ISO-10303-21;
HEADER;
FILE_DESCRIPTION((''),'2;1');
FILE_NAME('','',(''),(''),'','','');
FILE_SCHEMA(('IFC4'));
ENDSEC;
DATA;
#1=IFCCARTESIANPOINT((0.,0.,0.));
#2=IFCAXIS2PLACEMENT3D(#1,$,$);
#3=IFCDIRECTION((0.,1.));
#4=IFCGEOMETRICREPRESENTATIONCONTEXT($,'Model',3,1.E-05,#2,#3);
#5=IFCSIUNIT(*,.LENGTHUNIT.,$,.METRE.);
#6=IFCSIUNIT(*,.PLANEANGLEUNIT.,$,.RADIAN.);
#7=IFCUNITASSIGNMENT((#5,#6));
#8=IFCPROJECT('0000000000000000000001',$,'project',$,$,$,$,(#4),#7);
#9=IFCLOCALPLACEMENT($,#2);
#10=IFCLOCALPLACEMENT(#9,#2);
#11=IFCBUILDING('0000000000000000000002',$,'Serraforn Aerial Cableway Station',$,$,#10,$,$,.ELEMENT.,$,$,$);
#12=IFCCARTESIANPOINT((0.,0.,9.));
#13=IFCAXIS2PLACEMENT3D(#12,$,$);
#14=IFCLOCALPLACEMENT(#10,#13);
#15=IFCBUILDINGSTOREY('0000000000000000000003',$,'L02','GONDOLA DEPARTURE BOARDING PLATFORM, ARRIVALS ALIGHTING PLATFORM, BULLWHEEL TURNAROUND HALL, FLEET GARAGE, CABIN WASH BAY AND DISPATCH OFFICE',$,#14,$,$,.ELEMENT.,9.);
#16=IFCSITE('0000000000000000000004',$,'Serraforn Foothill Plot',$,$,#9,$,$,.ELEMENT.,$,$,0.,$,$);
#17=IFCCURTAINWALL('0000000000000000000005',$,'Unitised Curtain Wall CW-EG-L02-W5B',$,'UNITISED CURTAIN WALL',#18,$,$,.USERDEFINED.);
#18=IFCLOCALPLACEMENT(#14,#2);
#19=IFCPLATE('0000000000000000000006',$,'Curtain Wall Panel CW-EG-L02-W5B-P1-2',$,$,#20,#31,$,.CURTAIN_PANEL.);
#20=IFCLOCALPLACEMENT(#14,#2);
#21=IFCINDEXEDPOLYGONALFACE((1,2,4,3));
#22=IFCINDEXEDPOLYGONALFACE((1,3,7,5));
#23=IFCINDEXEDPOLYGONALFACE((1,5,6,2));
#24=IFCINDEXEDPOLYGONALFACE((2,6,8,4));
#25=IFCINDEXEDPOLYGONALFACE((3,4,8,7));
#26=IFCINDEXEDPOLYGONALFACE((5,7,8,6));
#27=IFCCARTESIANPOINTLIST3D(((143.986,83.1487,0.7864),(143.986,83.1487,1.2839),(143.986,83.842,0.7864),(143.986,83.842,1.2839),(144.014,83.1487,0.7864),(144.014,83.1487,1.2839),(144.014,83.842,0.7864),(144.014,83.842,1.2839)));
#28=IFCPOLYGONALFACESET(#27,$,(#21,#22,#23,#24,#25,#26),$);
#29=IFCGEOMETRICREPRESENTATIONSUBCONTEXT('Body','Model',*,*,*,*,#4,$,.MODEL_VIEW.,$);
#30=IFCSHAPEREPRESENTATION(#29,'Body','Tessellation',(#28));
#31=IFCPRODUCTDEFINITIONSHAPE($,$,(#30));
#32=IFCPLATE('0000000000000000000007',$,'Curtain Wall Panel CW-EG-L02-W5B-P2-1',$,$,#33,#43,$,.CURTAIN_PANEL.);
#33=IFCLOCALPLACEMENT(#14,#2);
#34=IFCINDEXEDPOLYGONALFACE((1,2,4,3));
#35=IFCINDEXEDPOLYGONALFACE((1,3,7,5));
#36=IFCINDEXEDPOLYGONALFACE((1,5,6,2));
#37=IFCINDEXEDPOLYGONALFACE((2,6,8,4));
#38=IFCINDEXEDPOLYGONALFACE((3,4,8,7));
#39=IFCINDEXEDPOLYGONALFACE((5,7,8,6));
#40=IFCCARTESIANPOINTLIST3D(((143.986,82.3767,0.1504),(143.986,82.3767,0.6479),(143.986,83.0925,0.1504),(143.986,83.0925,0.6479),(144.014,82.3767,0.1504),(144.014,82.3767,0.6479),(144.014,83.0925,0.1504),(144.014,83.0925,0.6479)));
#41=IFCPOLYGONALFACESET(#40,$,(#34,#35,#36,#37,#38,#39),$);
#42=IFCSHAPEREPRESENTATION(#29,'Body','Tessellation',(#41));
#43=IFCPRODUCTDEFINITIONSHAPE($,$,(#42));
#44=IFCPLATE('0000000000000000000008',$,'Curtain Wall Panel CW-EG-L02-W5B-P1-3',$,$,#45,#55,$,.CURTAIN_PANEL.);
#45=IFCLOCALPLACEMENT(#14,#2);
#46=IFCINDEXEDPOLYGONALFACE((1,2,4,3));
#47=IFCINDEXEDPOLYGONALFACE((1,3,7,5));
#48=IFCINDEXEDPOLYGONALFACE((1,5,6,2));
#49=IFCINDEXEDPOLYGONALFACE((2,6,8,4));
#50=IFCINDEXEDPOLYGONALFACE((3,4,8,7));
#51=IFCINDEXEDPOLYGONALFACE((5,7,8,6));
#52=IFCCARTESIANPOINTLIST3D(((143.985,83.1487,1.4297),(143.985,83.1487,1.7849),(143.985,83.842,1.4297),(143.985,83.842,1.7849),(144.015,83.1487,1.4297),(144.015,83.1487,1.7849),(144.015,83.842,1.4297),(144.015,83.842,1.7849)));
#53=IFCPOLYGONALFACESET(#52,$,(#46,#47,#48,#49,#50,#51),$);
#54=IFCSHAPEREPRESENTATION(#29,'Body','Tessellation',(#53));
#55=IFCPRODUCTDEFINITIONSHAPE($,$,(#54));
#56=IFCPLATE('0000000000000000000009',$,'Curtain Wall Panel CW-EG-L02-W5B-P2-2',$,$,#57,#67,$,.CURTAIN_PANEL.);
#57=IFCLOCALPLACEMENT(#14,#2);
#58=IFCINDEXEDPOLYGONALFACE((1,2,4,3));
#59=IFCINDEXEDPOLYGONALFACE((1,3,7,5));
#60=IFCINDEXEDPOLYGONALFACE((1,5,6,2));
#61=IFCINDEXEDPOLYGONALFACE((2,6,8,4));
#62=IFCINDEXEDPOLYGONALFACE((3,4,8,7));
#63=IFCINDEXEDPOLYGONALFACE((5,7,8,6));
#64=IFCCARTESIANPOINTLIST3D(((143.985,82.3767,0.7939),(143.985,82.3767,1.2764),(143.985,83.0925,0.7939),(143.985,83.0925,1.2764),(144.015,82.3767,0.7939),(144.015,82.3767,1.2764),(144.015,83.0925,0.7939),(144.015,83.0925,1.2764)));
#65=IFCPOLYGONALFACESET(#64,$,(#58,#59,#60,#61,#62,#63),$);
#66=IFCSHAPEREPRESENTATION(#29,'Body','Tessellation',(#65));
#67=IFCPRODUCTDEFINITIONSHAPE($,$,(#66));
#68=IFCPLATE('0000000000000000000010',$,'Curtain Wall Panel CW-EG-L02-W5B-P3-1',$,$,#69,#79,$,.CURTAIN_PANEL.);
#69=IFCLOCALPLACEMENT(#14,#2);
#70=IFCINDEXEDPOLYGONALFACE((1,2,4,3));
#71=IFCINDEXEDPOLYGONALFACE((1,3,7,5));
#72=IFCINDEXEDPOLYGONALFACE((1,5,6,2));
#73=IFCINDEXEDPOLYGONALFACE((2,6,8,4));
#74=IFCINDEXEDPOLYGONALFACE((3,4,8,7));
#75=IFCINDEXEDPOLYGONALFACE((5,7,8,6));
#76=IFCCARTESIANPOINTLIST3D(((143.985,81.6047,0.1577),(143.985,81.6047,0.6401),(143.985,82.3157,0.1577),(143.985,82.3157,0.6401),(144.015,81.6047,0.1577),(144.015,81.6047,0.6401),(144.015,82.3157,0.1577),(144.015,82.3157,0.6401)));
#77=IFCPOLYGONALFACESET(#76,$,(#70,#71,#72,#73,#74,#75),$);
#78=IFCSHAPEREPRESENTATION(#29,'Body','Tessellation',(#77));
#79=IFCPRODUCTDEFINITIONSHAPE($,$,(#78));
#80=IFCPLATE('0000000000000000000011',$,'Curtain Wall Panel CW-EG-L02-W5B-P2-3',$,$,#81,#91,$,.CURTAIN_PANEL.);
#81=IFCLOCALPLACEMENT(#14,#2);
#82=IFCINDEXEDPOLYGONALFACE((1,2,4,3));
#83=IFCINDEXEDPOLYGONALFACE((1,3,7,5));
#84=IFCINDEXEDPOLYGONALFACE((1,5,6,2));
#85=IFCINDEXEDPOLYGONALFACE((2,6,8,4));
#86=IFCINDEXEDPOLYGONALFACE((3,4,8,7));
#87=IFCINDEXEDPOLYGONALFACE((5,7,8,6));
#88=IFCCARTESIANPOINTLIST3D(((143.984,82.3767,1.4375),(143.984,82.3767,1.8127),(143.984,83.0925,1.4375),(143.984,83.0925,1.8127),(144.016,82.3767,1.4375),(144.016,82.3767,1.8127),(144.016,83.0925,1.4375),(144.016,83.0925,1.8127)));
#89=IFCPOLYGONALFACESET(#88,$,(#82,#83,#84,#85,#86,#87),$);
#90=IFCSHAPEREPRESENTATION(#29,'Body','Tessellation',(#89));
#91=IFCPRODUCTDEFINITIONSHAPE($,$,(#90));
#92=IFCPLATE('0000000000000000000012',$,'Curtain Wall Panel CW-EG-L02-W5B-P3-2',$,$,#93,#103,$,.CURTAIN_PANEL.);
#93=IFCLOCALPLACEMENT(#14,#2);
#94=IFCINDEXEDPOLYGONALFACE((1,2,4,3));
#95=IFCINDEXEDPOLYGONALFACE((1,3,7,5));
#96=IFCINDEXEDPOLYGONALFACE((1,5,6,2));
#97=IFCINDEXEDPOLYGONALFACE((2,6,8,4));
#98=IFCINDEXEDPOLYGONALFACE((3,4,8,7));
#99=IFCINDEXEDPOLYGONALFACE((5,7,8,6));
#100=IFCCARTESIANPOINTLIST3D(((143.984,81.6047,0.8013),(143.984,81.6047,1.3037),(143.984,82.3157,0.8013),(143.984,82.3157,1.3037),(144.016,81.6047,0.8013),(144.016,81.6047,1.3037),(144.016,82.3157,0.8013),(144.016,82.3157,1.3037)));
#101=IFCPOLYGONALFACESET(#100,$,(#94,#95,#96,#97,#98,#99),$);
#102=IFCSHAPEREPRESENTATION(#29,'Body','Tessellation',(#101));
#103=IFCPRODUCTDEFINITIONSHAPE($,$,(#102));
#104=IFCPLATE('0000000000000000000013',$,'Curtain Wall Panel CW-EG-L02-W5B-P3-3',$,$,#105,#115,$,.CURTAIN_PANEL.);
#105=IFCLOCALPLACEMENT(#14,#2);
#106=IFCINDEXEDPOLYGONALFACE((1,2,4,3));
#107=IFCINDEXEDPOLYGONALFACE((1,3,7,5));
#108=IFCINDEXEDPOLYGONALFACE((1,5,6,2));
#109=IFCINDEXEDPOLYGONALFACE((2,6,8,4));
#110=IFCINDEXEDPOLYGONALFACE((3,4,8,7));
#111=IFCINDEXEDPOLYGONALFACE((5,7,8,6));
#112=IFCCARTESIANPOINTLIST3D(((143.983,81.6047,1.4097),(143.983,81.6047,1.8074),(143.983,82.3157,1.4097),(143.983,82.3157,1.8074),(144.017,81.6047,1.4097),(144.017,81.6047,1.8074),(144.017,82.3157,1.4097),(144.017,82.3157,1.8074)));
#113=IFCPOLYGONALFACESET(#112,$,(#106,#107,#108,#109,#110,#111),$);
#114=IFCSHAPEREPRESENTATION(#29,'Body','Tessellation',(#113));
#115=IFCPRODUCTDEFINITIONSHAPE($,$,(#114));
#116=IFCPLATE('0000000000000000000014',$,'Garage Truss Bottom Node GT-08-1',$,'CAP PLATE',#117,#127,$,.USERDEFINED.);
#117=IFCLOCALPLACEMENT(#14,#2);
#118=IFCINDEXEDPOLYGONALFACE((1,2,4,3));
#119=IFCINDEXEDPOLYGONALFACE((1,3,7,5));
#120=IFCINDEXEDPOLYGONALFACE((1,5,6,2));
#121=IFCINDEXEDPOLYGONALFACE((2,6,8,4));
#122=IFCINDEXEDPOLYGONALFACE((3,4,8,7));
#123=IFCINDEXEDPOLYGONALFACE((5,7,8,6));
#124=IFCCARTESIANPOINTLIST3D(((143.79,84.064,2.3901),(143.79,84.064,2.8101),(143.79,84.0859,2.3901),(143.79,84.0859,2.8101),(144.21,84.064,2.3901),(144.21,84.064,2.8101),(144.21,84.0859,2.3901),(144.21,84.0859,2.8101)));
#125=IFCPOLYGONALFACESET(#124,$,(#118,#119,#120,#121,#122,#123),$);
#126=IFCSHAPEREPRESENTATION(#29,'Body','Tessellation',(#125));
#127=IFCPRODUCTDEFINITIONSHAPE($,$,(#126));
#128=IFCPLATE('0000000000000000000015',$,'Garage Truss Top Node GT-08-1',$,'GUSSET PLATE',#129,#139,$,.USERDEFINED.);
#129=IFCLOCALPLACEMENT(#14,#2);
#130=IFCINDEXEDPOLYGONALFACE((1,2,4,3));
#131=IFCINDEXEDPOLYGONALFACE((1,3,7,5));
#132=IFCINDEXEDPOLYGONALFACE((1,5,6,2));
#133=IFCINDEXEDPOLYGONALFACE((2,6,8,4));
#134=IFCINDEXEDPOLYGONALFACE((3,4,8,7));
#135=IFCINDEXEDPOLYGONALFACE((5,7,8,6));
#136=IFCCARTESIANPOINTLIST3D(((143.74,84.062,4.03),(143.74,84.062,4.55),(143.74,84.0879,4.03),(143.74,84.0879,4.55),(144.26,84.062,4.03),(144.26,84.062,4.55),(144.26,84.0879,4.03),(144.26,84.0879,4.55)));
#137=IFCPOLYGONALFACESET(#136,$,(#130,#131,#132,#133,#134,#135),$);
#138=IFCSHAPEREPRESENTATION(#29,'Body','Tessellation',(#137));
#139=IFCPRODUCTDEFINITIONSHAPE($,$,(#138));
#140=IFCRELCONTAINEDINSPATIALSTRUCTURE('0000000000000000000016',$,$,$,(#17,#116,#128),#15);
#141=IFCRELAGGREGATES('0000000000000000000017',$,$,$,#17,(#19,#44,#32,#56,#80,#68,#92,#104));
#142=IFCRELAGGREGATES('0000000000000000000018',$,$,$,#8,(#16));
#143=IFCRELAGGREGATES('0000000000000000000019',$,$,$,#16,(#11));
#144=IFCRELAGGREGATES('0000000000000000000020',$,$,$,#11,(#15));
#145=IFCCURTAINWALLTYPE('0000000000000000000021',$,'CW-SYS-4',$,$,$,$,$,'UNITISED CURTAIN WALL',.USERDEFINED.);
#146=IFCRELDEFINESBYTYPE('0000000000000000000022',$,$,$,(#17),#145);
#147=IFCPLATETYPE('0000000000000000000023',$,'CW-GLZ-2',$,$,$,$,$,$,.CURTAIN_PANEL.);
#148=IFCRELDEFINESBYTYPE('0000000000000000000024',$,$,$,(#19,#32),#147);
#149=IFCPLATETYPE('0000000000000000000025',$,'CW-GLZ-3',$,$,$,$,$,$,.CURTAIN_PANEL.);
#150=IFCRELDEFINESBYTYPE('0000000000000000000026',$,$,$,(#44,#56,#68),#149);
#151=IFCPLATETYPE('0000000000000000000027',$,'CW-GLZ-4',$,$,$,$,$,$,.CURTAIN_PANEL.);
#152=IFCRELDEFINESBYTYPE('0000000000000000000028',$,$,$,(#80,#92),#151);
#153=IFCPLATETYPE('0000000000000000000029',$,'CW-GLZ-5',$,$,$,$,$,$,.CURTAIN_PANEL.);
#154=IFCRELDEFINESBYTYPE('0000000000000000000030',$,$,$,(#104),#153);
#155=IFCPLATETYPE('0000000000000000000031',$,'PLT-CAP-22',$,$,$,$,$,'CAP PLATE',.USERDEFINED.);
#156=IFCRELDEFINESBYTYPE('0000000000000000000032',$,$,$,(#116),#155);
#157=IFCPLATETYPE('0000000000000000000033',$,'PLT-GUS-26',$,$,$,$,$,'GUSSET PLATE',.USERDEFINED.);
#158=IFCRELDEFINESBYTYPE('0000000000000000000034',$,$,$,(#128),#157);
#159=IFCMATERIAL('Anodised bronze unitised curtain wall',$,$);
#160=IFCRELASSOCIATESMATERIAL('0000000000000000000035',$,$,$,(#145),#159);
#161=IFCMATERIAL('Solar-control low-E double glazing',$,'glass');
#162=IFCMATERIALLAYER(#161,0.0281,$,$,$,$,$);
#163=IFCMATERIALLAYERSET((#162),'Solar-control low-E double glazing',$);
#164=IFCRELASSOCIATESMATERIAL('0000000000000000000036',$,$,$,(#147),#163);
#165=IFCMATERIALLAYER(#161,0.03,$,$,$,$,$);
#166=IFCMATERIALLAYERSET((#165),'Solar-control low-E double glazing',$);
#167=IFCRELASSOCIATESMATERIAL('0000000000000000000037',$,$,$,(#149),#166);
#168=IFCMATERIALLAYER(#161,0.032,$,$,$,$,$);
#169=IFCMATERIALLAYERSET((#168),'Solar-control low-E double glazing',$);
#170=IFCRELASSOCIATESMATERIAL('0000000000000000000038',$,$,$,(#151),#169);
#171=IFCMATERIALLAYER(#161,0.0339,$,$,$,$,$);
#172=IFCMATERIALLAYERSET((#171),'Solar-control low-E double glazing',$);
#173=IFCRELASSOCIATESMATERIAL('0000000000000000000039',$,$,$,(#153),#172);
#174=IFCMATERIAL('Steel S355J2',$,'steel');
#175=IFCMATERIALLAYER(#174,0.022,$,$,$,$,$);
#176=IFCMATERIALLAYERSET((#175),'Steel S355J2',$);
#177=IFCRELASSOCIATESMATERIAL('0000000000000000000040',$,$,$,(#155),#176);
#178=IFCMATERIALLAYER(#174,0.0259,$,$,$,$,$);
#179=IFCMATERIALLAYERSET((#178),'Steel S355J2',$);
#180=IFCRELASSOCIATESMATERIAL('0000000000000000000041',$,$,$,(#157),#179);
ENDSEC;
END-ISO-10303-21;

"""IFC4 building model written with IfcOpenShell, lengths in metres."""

from ifc_helpers import new_model, si_unit, direction, frame, origin, origin_2d, place, context, subcontext, project, spatial, rectangle, extrude, material, layer, layer_set, type_object, element, aggregate, save


model = new_model("IFC4")

# Units and contexts
model_context = context("Model", 3, precision=1e-05, world=origin(), true_north=direction((0.0, 1.0)))
body_context = subcontext(model_context, "Body", "Model", "MODEL_VIEW")
ifc_project = project(units=[si_unit("LENGTHUNIT", "METRE"), si_unit("PLANEANGLEUNIT", "RADIAN")], contexts=[model_context])

# Site, building, storey
site_placement = place(None, origin())
site = spatial("IfcSite", under=ifc_project, at=site_placement, Name="Serraforn Foothill Plot", CompositionType="ELEMENT", RefElevation=0.0)
building_placement = place(site_placement, origin())
building = spatial("IfcBuilding", under=site, at=building_placement, Name="Serraforn Aerial Cableway Station", CompositionType="ELEMENT")
storey_placement = place(building_placement, frame((0.0, 0.0, 9.0)))
storey = spatial("IfcBuildingStorey", under=building, at=storey_placement, Name="L02", Description="GONDOLA DEPARTURE BOARDING PLATFORM, ARRIVALS ALIGHTING PLATFORM, BULLWHEEL TURNAROUND HALL, FLEET GARAGE, CABIN WASH BAY AND DISPATCH OFFICE", CompositionType="ELEMENT", Elevation=9.0)

# Curtain wall
ifc_material_1 = material(Name="Anodised bronze unitised curtain wall")
curtain_wall_type = type_object("IfcCurtainWallType", Name="CW-SYS-4", ElementType="UNITISED CURTAIN WALL", PredefinedType="USERDEFINED", material=ifc_material_1)
curtain_wall_placement = place(storey_placement, origin())
curtain_wall = element("IfcCurtainWall", 1, at=curtain_wall_placement, inside=storey, type_object=curtain_wall_type, Name="Unitised Curtain Wall CW-EG-L02-W5B", ObjectType="UNITISED CURTAIN WALL", PredefinedType="USERDEFINED")

# Shared definitions
ifc_material_2 = material(Name="Steel S355J2", Category="steel")

# Plates
ifc_material_3 = material(Name="Solar-control low-E double glazing", Category="glass")
ifc_layer_1 = layer(ifc_material_3, 0.0281)
ifc_layer_set_1 = layer_set([ifc_layer_1], Name="Solar-control low-E double glazing")
plate_type_1 = type_object("IfcPlateType", Name="CW-GLZ-2", PredefinedType="CURTAIN_PANEL", material=ifc_layer_set_1)
plate_1_placement = place(storey_placement, frame((144.0, 83.4954, 0.7864), z_axis=(0.0, 0.0, 1.0), x_axis=(1.0, 0.0, 0.0)))
plate_1 = element("IfcPlate", 2, at=plate_1_placement, type_object=plate_type_1, Name="Curtain Wall Panel CW-EG-L02-W5B-P1-2", PredefinedType="CURTAIN_PANEL", context=body_context, shape_type="SweptSolid", body=[
    extrude(rectangle(XDim=0.0281, YDim=0.6934, at=origin_2d()), origin(), (0.0, 0.0, 1.0), 0.4976),
])
plate_2_placement = place(storey_placement, frame((144.0, 82.7346, 0.1504), z_axis=(0.0, 0.0, 1.0), x_axis=(1.0, 0.0, 0.0)))
plate_2 = element("IfcPlate", 3, at=plate_2_placement, type_object=plate_type_1, Name="Curtain Wall Panel CW-EG-L02-W5B-P2-1", PredefinedType="CURTAIN_PANEL", context=body_context, shape_type="SweptSolid", body=[
    extrude(rectangle(XDim=0.0281, YDim=0.7158, at=origin_2d()), origin(), (0.0, 0.0, 1.0), 0.4976),
])
ifc_layer_2 = layer(ifc_material_3, 0.03)
ifc_layer_set_2 = layer_set([ifc_layer_2], Name="Solar-control low-E double glazing")
plate_type_2 = type_object("IfcPlateType", Name="CW-GLZ-3", PredefinedType="CURTAIN_PANEL", material=ifc_layer_set_2)
plate_3_placement = place(storey_placement, frame((144.0, 83.4954, 1.4297), z_axis=(0.0, 0.0, 1.0), x_axis=(1.0, 0.0, 0.0)))
plate_3 = element("IfcPlate", 4, at=plate_3_placement, type_object=plate_type_2, Name="Curtain Wall Panel CW-EG-L02-W5B-P1-3", PredefinedType="CURTAIN_PANEL", context=body_context, shape_type="SweptSolid", body=[
    extrude(rectangle(XDim=0.03, YDim=0.6934, at=origin_2d()), origin(), (0.0, 0.0, 1.0), 0.3552),
])
plate_4_placement = place(storey_placement, frame((144.0, 82.7346, 0.7939), z_axis=(0.0, 0.0, 1.0), x_axis=(1.0, 0.0, 0.0)))
plate_4 = element("IfcPlate", 5, at=plate_4_placement, type_object=plate_type_2, Name="Curtain Wall Panel CW-EG-L02-W5B-P2-2", PredefinedType="CURTAIN_PANEL", context=body_context, shape_type="SweptSolid", body=[
    extrude(rectangle(XDim=0.03, YDim=0.7158, at=origin_2d()), origin(), (0.0, 0.0, 1.0), 0.4824),
])
plate_5_placement = place(storey_placement, frame((144.0, 81.9602, 0.1577), z_axis=(0.0, 0.0, 1.0), x_axis=(1.0, 0.0, 0.0)))
plate_5 = element("IfcPlate", 6, at=plate_5_placement, type_object=plate_type_2, Name="Curtain Wall Panel CW-EG-L02-W5B-P3-1", PredefinedType="CURTAIN_PANEL", context=body_context, shape_type="SweptSolid", body=[
    extrude(rectangle(XDim=0.03, YDim=0.7109, at=origin_2d()), origin(), (0.0, 0.0, 1.0), 0.4824),
])
ifc_layer_3 = layer(ifc_material_3, 0.032)
ifc_layer_set_3 = layer_set([ifc_layer_3], Name="Solar-control low-E double glazing")
plate_type_3 = type_object("IfcPlateType", Name="CW-GLZ-4", PredefinedType="CURTAIN_PANEL", material=ifc_layer_set_3)
plate_6_placement = place(storey_placement, frame((144.0, 82.7346, 1.4375), z_axis=(0.0, 0.0, 1.0), x_axis=(1.0, 0.0, 0.0)))
plate_6 = element("IfcPlate", 7, at=plate_6_placement, type_object=plate_type_3, Name="Curtain Wall Panel CW-EG-L02-W5B-P2-3", PredefinedType="CURTAIN_PANEL", context=body_context, shape_type="SweptSolid", body=[
    extrude(rectangle(XDim=0.032, YDim=0.7158, at=origin_2d()), origin(), (0.0, 0.0, 1.0), 0.3752),
])
plate_7_placement = place(storey_placement, frame((144.0, 81.9602, 0.8013), z_axis=(0.0, 0.0, 1.0), x_axis=(1.0, 0.0, 0.0)))
plate_7 = element("IfcPlate", 8, at=plate_7_placement, type_object=plate_type_3, Name="Curtain Wall Panel CW-EG-L02-W5B-P3-2", PredefinedType="CURTAIN_PANEL", context=body_context, shape_type="SweptSolid", body=[
    extrude(rectangle(XDim=0.032, YDim=0.7109, at=origin_2d()), origin(), (0.0, 0.0, 1.0), 0.5024),
])
ifc_layer_4 = layer(ifc_material_3, 0.0339)
ifc_layer_set_4 = layer_set([ifc_layer_4], Name="Solar-control low-E double glazing")
plate_type_4 = type_object("IfcPlateType", Name="CW-GLZ-5", PredefinedType="CURTAIN_PANEL", material=ifc_layer_set_4)
plate_8_placement = place(storey_placement, frame((144.0, 81.9602, 1.4097), z_axis=(0.0, 0.0, 1.0), x_axis=(1.0, 0.0, 0.0)))
plate_8 = element("IfcPlate", 9, at=plate_8_placement, type_object=plate_type_4, Name="Curtain Wall Panel CW-EG-L02-W5B-P3-3", PredefinedType="CURTAIN_PANEL", context=body_context, shape_type="SweptSolid", body=[
    extrude(rectangle(XDim=0.0339, YDim=0.7109, at=origin_2d()), origin(), (0.0, 0.0, 1.0), 0.3977),
])
aggregate(curtain_wall, [plate_1, plate_3, plate_2, plate_4, plate_6, plate_5, plate_7, plate_8])

# Plates
ifc_layer_5 = layer(ifc_material_2, 0.022)
ifc_layer_set_5 = layer_set([ifc_layer_5], Name="Steel S355J2")
plate_type_5 = type_object("IfcPlateType", Name="PLT-CAP-22", ElementType="CAP PLATE", PredefinedType="USERDEFINED", material=ifc_layer_set_5)
plate_9_placement = place(storey_placement, frame((144.0, 84.075, 2.3901), z_axis=(0.0, 0.0, 1.0), x_axis=(1.0, 0.0, 0.0)))
element("IfcPlate", 10, at=plate_9_placement, inside=storey, type_object=plate_type_5, Name="Garage Truss Bottom Node GT-08-1", ObjectType="CAP PLATE", PredefinedType="USERDEFINED", context=body_context, shape_type="SweptSolid", body=[
    extrude(rectangle(XDim=0.4199, YDim=0.022, at=origin_2d()), origin(), (0.0, 0.0, 1.0), 0.4199),
])
ifc_layer_6 = layer(ifc_material_2, 0.0259)
ifc_layer_set_6 = layer_set([ifc_layer_6], Name="Steel S355J2")
plate_type_6 = type_object("IfcPlateType", Name="PLT-GUS-26", ElementType="GUSSET PLATE", PredefinedType="USERDEFINED", material=ifc_layer_set_6)
plate_10_placement = place(storey_placement, frame((144.0, 84.075, 4.03), z_axis=(0.0, 0.0, 1.0), x_axis=(1.0, 0.0, 0.0)))
element("IfcPlate", 11, at=plate_10_placement, inside=storey, type_object=plate_type_6, Name="Garage Truss Top Node GT-08-1", ObjectType="GUSSET PLATE", PredefinedType="USERDEFINED", context=body_context, shape_type="SweptSolid", body=[
    extrude(rectangle(XDim=0.52, YDim=0.0259, at=origin_2d()), origin(), (0.0, 0.0, 1.0), 0.52),
])

save(model, "model.ifc")
